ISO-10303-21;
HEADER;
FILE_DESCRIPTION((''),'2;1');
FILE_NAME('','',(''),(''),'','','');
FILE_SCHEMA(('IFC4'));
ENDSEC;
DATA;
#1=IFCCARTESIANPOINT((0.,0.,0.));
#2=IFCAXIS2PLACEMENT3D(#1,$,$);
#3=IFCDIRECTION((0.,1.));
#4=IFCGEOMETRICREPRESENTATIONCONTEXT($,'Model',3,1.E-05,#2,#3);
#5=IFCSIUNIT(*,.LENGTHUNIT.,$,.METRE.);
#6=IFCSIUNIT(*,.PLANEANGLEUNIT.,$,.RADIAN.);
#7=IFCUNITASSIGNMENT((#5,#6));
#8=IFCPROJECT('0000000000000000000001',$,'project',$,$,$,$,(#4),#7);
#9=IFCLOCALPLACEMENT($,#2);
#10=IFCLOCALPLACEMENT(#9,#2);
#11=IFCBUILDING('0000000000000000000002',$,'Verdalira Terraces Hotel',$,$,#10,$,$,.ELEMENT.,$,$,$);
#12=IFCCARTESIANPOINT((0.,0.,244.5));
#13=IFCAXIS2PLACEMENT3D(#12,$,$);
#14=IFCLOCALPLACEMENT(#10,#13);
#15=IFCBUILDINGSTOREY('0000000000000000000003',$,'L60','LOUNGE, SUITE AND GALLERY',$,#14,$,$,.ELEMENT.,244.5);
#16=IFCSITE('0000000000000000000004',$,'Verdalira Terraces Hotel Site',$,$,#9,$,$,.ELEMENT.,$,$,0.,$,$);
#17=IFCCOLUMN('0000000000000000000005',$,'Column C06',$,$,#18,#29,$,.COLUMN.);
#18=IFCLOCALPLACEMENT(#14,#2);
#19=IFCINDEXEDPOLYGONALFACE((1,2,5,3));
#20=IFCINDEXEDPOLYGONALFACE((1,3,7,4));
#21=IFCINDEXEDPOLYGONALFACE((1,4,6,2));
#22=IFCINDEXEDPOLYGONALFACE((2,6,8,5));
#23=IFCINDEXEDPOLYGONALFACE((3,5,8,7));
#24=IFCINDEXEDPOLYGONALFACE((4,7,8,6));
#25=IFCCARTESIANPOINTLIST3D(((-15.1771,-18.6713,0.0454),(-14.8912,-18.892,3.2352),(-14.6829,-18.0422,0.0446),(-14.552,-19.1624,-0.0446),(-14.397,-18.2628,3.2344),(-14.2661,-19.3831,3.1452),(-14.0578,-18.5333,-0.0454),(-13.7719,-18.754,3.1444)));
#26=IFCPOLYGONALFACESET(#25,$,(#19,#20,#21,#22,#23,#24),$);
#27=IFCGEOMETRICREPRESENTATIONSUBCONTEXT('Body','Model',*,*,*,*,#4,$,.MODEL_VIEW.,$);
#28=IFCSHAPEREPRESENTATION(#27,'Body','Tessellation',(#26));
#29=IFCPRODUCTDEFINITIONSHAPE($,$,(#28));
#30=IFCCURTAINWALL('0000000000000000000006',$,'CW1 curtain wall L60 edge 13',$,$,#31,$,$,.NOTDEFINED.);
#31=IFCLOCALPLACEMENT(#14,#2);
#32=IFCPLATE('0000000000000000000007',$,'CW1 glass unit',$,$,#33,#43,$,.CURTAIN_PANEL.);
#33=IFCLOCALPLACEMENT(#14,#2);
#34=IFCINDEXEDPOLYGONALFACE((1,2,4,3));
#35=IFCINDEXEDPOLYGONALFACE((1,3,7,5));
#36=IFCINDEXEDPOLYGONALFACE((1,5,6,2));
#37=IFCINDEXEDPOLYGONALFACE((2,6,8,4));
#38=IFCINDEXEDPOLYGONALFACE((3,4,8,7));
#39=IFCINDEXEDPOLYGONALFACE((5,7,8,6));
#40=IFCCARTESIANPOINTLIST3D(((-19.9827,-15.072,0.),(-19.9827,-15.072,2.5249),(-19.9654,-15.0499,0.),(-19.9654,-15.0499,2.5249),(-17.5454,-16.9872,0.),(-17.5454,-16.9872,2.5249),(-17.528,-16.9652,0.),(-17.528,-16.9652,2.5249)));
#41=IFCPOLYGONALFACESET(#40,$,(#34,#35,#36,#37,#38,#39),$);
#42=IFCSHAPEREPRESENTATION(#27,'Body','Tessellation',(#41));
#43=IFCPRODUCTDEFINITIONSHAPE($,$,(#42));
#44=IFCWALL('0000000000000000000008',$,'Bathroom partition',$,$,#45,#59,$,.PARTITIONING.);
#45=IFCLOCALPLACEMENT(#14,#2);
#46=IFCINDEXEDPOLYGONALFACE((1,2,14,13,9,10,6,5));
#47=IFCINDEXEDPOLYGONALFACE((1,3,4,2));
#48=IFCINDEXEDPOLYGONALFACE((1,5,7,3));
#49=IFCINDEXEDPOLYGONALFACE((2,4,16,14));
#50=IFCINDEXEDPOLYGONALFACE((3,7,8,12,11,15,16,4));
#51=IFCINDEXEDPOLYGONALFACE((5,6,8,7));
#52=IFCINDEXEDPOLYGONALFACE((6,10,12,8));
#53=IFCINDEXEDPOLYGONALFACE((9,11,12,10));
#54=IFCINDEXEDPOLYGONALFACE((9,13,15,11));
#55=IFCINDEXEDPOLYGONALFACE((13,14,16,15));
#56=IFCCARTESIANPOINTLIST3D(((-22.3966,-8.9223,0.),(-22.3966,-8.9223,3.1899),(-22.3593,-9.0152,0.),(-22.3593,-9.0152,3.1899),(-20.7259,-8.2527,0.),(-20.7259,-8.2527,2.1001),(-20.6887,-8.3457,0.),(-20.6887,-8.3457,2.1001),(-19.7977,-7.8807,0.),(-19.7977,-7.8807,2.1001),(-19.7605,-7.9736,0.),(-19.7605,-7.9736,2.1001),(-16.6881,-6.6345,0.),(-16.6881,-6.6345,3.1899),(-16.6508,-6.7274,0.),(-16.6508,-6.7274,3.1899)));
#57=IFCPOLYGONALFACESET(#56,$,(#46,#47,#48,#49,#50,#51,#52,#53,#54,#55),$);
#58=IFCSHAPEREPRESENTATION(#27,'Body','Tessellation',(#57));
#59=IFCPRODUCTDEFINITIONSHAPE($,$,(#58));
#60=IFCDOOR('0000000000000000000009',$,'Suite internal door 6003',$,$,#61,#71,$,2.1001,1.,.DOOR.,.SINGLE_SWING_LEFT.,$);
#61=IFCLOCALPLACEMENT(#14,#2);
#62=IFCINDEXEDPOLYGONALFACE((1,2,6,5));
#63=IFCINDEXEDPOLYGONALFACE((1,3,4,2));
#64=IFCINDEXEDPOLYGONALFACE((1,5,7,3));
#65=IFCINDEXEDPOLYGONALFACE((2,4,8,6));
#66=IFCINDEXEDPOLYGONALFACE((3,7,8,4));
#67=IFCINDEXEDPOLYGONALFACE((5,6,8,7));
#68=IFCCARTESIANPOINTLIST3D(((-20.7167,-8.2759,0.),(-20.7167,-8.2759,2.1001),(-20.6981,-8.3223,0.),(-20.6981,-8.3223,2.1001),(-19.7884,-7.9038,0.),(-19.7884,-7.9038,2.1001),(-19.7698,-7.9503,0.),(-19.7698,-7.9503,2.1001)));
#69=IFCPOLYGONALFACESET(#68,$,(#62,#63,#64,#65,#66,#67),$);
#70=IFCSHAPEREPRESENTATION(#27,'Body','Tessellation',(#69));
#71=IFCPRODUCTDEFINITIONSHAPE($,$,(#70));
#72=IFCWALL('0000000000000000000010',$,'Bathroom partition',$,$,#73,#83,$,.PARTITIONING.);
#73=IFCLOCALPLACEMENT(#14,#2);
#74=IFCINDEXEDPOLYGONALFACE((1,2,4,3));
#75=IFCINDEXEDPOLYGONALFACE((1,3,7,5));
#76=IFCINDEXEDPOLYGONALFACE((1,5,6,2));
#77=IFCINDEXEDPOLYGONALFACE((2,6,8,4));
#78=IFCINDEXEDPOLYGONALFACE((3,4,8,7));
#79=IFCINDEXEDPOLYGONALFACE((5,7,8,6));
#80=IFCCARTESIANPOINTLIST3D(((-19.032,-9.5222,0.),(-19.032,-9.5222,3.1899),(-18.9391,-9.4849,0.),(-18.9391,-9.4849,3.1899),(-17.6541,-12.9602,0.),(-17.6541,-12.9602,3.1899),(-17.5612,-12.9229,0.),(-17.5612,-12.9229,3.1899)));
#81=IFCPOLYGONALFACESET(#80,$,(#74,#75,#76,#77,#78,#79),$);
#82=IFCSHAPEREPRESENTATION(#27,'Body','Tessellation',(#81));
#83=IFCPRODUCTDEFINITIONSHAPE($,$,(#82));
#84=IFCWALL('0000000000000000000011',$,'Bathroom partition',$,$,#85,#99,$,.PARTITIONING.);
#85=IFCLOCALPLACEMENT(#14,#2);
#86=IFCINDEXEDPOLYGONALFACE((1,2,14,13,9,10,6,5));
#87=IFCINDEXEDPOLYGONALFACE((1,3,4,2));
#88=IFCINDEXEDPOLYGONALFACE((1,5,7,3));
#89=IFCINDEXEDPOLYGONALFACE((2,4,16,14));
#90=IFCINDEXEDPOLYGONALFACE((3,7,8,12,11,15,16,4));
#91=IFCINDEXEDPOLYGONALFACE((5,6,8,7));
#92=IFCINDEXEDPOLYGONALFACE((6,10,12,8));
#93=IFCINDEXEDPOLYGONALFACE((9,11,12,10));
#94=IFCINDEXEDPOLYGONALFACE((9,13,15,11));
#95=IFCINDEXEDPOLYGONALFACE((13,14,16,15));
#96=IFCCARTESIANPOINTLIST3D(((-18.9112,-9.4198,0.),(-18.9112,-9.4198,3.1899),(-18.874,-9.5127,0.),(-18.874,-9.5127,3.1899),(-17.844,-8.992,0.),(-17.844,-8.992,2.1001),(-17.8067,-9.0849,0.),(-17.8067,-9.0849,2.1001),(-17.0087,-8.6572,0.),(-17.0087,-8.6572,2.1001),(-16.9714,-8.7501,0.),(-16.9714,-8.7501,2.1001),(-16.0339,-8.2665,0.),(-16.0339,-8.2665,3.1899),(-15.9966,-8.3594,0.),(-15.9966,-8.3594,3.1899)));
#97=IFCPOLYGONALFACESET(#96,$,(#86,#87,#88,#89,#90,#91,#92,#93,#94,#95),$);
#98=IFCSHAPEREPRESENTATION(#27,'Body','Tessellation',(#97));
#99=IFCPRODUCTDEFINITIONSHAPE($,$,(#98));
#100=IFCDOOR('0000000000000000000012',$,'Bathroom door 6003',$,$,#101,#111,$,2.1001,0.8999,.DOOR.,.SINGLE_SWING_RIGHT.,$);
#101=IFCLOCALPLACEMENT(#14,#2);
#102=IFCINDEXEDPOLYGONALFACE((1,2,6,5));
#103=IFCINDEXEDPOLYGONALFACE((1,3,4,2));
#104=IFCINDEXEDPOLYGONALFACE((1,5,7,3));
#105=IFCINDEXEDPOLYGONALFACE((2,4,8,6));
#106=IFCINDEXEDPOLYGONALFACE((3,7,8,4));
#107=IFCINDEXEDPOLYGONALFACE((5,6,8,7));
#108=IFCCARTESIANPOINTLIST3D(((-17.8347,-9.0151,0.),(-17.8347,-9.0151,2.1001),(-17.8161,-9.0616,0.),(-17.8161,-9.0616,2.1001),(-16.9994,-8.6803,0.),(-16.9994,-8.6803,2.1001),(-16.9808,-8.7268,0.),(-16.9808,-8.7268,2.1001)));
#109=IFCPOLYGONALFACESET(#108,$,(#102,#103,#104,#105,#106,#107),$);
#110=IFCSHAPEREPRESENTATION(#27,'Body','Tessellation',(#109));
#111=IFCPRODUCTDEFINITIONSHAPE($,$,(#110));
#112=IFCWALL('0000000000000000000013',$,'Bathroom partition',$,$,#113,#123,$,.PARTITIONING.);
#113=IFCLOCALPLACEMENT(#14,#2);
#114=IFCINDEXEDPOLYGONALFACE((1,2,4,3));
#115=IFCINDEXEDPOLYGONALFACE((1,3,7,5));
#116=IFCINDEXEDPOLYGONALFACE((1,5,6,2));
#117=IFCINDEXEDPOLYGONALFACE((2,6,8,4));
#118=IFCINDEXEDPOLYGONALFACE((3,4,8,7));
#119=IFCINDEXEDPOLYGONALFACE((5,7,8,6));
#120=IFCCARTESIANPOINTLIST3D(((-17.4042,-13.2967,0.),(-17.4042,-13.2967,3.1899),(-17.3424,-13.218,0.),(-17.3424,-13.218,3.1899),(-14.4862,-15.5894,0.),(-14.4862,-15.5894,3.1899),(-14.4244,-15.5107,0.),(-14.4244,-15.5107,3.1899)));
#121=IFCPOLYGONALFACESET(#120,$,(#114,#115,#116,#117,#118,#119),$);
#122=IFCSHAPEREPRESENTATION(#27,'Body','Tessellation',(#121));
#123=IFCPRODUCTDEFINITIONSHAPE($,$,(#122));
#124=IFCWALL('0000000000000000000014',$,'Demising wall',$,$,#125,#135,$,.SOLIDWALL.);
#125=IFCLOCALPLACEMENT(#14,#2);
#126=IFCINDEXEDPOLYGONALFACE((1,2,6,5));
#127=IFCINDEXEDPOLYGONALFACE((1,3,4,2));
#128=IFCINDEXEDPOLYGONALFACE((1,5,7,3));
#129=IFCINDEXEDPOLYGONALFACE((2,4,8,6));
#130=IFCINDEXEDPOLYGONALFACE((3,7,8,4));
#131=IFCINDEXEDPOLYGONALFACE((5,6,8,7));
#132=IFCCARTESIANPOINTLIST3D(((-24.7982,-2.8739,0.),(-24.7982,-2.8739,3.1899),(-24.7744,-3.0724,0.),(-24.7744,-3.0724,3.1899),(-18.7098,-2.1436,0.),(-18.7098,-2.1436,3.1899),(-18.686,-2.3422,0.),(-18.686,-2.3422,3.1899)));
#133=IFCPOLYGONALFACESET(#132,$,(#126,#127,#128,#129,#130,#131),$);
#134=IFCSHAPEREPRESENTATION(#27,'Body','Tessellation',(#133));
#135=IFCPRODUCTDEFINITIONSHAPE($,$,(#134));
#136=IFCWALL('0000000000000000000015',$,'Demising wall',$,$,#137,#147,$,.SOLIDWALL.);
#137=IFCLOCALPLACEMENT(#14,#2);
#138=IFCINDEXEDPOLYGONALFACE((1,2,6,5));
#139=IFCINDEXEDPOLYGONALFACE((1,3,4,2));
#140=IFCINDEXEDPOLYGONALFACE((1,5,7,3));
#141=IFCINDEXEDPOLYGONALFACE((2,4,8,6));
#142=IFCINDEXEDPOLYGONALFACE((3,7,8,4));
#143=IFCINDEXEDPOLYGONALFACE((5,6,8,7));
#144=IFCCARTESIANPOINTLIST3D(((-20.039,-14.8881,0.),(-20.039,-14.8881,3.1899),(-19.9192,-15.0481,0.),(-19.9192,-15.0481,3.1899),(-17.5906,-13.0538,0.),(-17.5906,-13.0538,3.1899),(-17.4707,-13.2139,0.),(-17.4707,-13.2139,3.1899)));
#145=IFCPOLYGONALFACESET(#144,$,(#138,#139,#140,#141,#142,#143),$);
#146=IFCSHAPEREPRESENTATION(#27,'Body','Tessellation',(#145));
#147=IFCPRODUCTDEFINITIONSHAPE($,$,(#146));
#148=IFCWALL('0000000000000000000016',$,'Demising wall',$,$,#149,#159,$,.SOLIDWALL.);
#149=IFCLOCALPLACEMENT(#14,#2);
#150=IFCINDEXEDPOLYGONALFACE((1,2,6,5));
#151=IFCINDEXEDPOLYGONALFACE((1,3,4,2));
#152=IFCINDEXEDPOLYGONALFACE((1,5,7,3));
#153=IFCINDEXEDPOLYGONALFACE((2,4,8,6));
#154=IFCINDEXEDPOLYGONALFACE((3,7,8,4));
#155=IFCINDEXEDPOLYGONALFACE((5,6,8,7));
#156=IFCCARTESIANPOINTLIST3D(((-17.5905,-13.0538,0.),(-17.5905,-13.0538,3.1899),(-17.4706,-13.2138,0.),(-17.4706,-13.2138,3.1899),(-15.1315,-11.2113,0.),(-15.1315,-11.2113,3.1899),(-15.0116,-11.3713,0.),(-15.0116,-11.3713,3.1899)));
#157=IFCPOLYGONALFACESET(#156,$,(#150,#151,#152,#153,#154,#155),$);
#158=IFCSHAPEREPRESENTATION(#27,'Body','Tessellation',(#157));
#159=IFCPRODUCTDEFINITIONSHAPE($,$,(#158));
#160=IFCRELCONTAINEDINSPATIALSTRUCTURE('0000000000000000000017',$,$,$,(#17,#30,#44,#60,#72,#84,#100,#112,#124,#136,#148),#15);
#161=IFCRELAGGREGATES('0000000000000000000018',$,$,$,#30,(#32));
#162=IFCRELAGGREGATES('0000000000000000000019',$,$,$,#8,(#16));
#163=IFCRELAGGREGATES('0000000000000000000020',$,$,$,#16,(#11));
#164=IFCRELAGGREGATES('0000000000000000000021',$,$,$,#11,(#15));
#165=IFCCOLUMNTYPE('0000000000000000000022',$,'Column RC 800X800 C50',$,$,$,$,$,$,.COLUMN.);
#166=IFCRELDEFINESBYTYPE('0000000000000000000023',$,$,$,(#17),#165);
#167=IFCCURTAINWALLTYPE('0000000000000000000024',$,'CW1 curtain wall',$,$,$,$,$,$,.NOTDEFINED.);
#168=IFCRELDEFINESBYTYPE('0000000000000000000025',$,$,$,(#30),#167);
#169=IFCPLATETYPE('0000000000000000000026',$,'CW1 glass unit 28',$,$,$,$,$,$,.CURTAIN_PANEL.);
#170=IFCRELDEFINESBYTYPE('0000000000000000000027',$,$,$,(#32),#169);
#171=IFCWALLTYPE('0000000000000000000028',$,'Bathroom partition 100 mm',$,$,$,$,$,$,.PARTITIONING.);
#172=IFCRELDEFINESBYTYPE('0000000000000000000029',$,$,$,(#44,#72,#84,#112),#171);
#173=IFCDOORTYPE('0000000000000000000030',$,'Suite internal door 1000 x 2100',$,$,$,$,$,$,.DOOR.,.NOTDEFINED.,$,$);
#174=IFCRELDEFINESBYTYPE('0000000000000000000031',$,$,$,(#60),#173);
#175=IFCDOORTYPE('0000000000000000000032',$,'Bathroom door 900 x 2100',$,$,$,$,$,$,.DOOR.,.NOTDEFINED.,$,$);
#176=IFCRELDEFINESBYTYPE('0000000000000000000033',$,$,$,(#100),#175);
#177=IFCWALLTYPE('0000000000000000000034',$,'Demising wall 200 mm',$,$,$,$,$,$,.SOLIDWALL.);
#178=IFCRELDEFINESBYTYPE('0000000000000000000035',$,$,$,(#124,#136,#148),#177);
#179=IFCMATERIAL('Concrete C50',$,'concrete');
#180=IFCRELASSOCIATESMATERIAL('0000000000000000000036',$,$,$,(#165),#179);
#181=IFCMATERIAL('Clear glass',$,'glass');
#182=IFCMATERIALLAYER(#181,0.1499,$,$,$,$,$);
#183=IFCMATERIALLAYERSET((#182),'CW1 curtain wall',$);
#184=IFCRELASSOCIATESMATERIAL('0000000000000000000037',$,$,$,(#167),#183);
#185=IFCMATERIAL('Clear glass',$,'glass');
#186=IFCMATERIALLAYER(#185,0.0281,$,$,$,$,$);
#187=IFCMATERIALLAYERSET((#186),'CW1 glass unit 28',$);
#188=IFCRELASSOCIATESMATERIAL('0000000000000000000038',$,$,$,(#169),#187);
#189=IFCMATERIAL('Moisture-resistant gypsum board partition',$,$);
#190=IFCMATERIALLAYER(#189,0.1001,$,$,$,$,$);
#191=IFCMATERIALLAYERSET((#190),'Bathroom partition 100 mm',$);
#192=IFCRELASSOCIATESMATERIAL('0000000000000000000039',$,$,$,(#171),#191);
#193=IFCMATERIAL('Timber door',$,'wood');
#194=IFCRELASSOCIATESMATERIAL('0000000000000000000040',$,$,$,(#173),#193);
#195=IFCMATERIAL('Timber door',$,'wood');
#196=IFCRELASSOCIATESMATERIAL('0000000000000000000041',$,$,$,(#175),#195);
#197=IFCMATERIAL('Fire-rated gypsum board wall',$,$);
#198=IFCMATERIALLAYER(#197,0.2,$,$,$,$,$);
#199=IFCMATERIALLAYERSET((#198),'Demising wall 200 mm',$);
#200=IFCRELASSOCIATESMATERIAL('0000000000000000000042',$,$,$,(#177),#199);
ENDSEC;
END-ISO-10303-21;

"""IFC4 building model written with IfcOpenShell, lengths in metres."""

from ifc_helpers import new_model, si_unit, direction, frame, frame_2d, origin, origin_2d, place, context, subcontext, project, spatial, rectangle, extrude, material, layer, layer_set, material_profile, profile_set, type_object, element, fill, aggregate, save


model = new_model("IFC4")

# Units and contexts
model_context = context("Model", 3, precision=1e-05, world=origin(), true_north=direction((0.0, 1.0)))
body_context = subcontext(model_context, "Body", "Model", "MODEL_VIEW")
ifc_project = project(units=[si_unit("LENGTHUNIT", "METRE"), si_unit("PLANEANGLEUNIT", "RADIAN")], contexts=[model_context])

# Site, building, storey
site_placement = place(None, origin())
site = spatial("IfcSite", under=ifc_project, at=site_placement, Name="Verdalira Terraces Hotel Site", CompositionType="ELEMENT", RefElevation=0.0)
building_placement = place(site_placement, origin())
building = spatial("IfcBuilding", under=site, at=building_placement, Name="Verdalira Terraces Hotel", CompositionType="ELEMENT")
storey_placement = place(building_placement, frame((0.0, 0.0, 244.5)))
storey = spatial("IfcBuildingStorey", under=building, at=storey_placement, Name="L60", Description="LOUNGE, SUITE AND GALLERY", CompositionType="ELEMENT", Elevation=244.5)

# Column
ifc_material_1 = material(Name="Concrete C50", Category="concrete")
ifc_material_profile = material_profile(ifc_material_1, rectangle(XDim=0.8, YDim=0.8, at=origin_2d()), Name="RC 800X800")
ifc_profile_set = profile_set([ifc_material_profile], Name="Concrete C50")
column_type = type_object("IfcColumnType", Name="Column RC 800X800 C50", PredefinedType="COLUMN", material=ifc_profile_set)
column_placement = place(storey_placement, frame((-14.6174, -18.6023, 0.0), z_axis=(0.089053, -0.068748, 0.993651), x_axis=(0.781362, -0.613855, -0.112498)))
element("IfcColumn", 1, at=column_placement, inside=storey, type_object=column_type, Name="Column C06", PredefinedType="COLUMN", context=body_context, shape_type="SweptSolid", body=[
    extrude(rectangle(XDim=0.8, YDim=0.8, at=origin_2d()), origin(), (0.0, 0.0, 1.0), 3.2102),
])

# Curtain wall, plate
ifc_material_2 = material(Name="Clear glass", Category="glass")
ifc_layer_1 = layer(ifc_material_2, 0.1499)
ifc_layer_set_1 = layer_set([ifc_layer_1], Name="CW1 curtain wall")
curtain_wall_type = type_object("IfcCurtainWallType", Name="CW1 curtain wall", PredefinedType="NOTDEFINED", material=ifc_layer_set_1)
curtain_wall_placement = place(storey_placement, origin())
curtain_wall = element("IfcCurtainWall", 2, at=curtain_wall_placement, inside=storey, type_object=curtain_wall_type, Name="CW1 curtain wall L60 edge 13", PredefinedType="NOTDEFINED")
ifc_material_3 = material(Name="Clear glass", Category="glass")
ifc_layer_2 = layer(ifc_material_3, 0.0281)
ifc_layer_set_2 = layer_set([ifc_layer_2], Name="CW1 glass unit 28")
plate_type = type_object("IfcPlateType", Name="CW1 glass unit 28", PredefinedType="CURTAIN_PANEL", material=ifc_layer_set_2)
plate_placement = place(storey_placement, frame((-18.7554, -16.0186, 0.0), z_axis=(0.0, 0.0, 1.0), x_axis=(0.786288, -0.61786, 0.0)))
plate = element("IfcPlate", 3, at=plate_placement, type_object=plate_type, Name="CW1 glass unit", PredefinedType="CURTAIN_PANEL", context=body_context, shape_type="SweptSolid", body=[
    extrude(rectangle(XDim=3.0999, YDim=0.0281, at=origin_2d()), origin(), (0.0, 0.0, 1.0), 2.5249),
])
aggregate(curtain_wall, [plate])

# Wall, opening, door
ifc_material_4 = material(Name="Moisture-resistant gypsum board partition")
ifc_layer_3 = layer(ifc_material_4, 0.1001)
ifc_layer_set_3 = layer_set([ifc_layer_3], Name="Bathroom partition 100 mm")
wall_type_1 = type_object("IfcWallType", Name="Bathroom partition 100 mm", PredefinedType="PARTITIONING", material=ifc_layer_set_3)
wall_1_placement = place(storey_placement, frame((-16.6694, -6.6809, 0.0), z_axis=(0.0, 0.0, 1.0), x_axis=(-0.928227, -0.372013, 0.0)))
wall_1 = element("IfcWall", 4, at=wall_1_placement, inside=storey, type_object=wall_type_1, Name="Bathroom partition", PredefinedType="PARTITIONING", context=body_context, shape_type="SweptSolid", body=[
    extrude(rectangle(XDim=6.1499, YDim=0.1001, at=frame_2d((3.075, 0.0))), origin(), (0.0, 0.0, 1.0), 3.1899),
])
opening_1_placement = place(wall_1_placement, frame((3.3501, 0.0, 0.0)))
opening_1 = element("IfcOpeningElement", 5, at=opening_1_placement, cuts=wall_1, PredefinedType="OPENING", context=body_context, shape_type="SweptSolid", body=[
    extrude(rectangle(XDim=1.0, YDim=2.1001, at=frame_2d((0.5, 1.05))), frame((0.0, 0.0601, 0.0), z_axis=(0.0, -1.0, 0.0), x_axis=(1.0, 0.0, 0.0)), (0.0, 0.0, 1.0), 0.1201),
])
ifc_material_5 = material(Name="Timber door", Category="wood")
door_type_1 = type_object("IfcDoorType", Name="Suite internal door 1000 x 2100", OperationType="NOTDEFINED", PredefinedType="DOOR", material=ifc_material_5)
door_1_placement = place(opening_1_placement, origin())
door_1 = element("IfcDoor", 6, at=door_1_placement, inside=storey, type_object=door_type_1, Name="Suite internal door 6003", OperationType="SINGLE_SWING_LEFT", OverallHeight=2.1001, OverallWidth=1.0, PredefinedType="DOOR", context=body_context, shape_type="SweptSolid", body=[
    extrude(rectangle(XDim=1.0, YDim=2.1001, at=frame_2d((0.5, 1.05))), frame((0.0, 0.0249, 0.0), z_axis=(0.0, -1.0, 0.0), x_axis=(1.0, 0.0, 0.0)), (0.0, 0.0, 1.0), 0.05),
])
fill(opening_1, door_1)

# Wall
wall_2_placement = place(storey_placement, frame((-18.9856, -9.5034, 0.0), z_axis=(0.0, 0.0, 1.0), x_axis=(0.372027, -0.928222, 0.0)))
element("IfcWall", 7, at=wall_2_placement, inside=storey, type_object=wall_type_1, Name="Bathroom partition", PredefinedType="PARTITIONING", context=body_context, shape_type="SweptSolid", body=[
    extrude(rectangle(XDim=3.7039, YDim=0.1001, at=frame_2d((1.8521, 0.0))), origin(), (0.0, 0.0, 1.0), 3.1899),
])

# Wall, opening, door
wall_3_placement = place(storey_placement, frame((-16.0154, -8.313, 0.0), z_axis=(0.0, 0.0, 1.0), x_axis=(-0.928216, -0.372042, 0.0)))
wall_3 = element("IfcWall", 8, at=wall_3_placement, inside=storey, type_object=wall_type_1, Name="Bathroom partition", PredefinedType="PARTITIONING", context=body_context, shape_type="SweptSolid", body=[
    extrude(rectangle(XDim=3.0999, YDim=0.1001, at=frame_2d((1.5498, 0.0))), origin(), (0.0, 0.0, 1.0), 3.1899),
])
opening_2_placement = place(wall_3_placement, frame((1.05, 0.0, 0.0)))
opening_2 = element("IfcOpeningElement", 9, at=opening_2_placement, cuts=wall_3, PredefinedType="OPENING", context=body_context, shape_type="SweptSolid", body=[
    extrude(rectangle(XDim=0.8999, YDim=2.1001, at=frame_2d((0.45, 1.05))), frame((0.0, 0.0601, 0.0), z_axis=(0.0, -1.0, 0.0), x_axis=(1.0, 0.0, 0.0)), (0.0, 0.0, 1.0), 0.1201),
])
ifc_material_6 = material(Name="Timber door", Category="wood")
door_type_2 = type_object("IfcDoorType", Name="Bathroom door 900 x 2100", OperationType="NOTDEFINED", PredefinedType="DOOR", material=ifc_material_6)
door_2_placement = place(opening_2_placement, origin())
door_2 = element("IfcDoor", 10, at=door_2_placement, inside=storey, type_object=door_type_2, Name="Bathroom door 6003", OperationType="SINGLE_SWING_RIGHT", OverallHeight=2.1001, OverallWidth=0.8999, PredefinedType="DOOR", context=body_context, shape_type="SweptSolid", body=[
    extrude(rectangle(XDim=0.8999, YDim=2.1001, at=frame_2d((0.45, 1.05))), frame((0.0, 0.0249, 0.0), z_axis=(0.0, -1.0, 0.0), x_axis=(1.0, 0.0, 0.0)), (0.0, 0.0, 1.0), 0.05),
])
fill(opening_2, door_2)

# Walls
wall_4_placement = place(storey_placement, frame((-14.4553, -15.55, 0.0), z_axis=(0.0, 0.0, 1.0), x_axis=(-0.786314, 0.617827, 0.0)))
element("IfcWall", 11, at=wall_4_placement, inside=storey, type_object=wall_type_1, Name="Bathroom partition", PredefinedType="PARTITIONING", context=body_context, shape_type="SweptSolid", body=[
    extrude(rectangle(XDim=3.7109, YDim=0.1001, at=frame_2d((1.8555, 0.0))), origin(), (0.0, 0.0, 1.0), 3.1899),
])
ifc_material_7 = material(Name="Fire-rated gypsum board wall")
ifc_layer_4 = layer(ifc_material_7, 0.2)
ifc_layer_set_4 = layer_set([ifc_layer_4], Name="Demising wall 200 mm")
wall_type_2 = type_object("IfcWallType", Name="Demising wall 200 mm", PredefinedType="SOLIDWALL", material=ifc_layer_set_4)
wall_5_placement = place(storey_placement, frame((-18.698, -2.2429, 0.0), z_axis=(0.0, 0.0, 1.0), x_axis=(-0.992884, -0.119084, 0.0)))
element("IfcWall", 12, at=wall_5_placement, inside=storey, type_object=wall_type_2, Name="Demising wall", PredefinedType="SOLIDWALL", context=body_context, shape_type="SweptSolid", body=[
    extrude(rectangle(XDim=6.1321, YDim=0.2, at=frame_2d((3.0659, 0.0))), origin(), (0.0, 0.0, 1.0), 3.1899),
])
wall_6_placement = place(storey_placement, frame((-17.5305, -13.1338, 0.0), z_axis=(0.0, 0.0, 1.0), x_axis=(-0.800335, -0.599553, 0.0)))
element("IfcWall", 13, at=wall_6_placement, inside=storey, type_object=wall_type_2, Name="Demising wall", PredefinedType="SOLIDWALL", context=body_context, shape_type="SweptSolid", body=[
    extrude(rectangle(XDim=3.0593, YDim=0.2, at=frame_2d((1.5298, 0.0))), origin(), (0.0, 0.0, 1.0), 3.1899),
])
wall_7_placement = place(storey_placement, frame((-15.0715, -11.2913, 0.0), z_axis=(0.0, 0.0, 1.0), x_axis=(-0.800267, -0.599644, 0.0)))
element("IfcWall", 14, at=wall_7_placement, inside=storey, type_object=wall_type_2, Name="Demising wall", PredefinedType="SOLIDWALL", context=body_context, shape_type="SweptSolid", body=[
    extrude(rectangle(XDim=3.0728, YDim=0.2, at=frame_2d((1.5364, 0.0))), origin(), (0.0, 0.0, 1.0), 3.1899),
])

save(model, "model.ifc")
